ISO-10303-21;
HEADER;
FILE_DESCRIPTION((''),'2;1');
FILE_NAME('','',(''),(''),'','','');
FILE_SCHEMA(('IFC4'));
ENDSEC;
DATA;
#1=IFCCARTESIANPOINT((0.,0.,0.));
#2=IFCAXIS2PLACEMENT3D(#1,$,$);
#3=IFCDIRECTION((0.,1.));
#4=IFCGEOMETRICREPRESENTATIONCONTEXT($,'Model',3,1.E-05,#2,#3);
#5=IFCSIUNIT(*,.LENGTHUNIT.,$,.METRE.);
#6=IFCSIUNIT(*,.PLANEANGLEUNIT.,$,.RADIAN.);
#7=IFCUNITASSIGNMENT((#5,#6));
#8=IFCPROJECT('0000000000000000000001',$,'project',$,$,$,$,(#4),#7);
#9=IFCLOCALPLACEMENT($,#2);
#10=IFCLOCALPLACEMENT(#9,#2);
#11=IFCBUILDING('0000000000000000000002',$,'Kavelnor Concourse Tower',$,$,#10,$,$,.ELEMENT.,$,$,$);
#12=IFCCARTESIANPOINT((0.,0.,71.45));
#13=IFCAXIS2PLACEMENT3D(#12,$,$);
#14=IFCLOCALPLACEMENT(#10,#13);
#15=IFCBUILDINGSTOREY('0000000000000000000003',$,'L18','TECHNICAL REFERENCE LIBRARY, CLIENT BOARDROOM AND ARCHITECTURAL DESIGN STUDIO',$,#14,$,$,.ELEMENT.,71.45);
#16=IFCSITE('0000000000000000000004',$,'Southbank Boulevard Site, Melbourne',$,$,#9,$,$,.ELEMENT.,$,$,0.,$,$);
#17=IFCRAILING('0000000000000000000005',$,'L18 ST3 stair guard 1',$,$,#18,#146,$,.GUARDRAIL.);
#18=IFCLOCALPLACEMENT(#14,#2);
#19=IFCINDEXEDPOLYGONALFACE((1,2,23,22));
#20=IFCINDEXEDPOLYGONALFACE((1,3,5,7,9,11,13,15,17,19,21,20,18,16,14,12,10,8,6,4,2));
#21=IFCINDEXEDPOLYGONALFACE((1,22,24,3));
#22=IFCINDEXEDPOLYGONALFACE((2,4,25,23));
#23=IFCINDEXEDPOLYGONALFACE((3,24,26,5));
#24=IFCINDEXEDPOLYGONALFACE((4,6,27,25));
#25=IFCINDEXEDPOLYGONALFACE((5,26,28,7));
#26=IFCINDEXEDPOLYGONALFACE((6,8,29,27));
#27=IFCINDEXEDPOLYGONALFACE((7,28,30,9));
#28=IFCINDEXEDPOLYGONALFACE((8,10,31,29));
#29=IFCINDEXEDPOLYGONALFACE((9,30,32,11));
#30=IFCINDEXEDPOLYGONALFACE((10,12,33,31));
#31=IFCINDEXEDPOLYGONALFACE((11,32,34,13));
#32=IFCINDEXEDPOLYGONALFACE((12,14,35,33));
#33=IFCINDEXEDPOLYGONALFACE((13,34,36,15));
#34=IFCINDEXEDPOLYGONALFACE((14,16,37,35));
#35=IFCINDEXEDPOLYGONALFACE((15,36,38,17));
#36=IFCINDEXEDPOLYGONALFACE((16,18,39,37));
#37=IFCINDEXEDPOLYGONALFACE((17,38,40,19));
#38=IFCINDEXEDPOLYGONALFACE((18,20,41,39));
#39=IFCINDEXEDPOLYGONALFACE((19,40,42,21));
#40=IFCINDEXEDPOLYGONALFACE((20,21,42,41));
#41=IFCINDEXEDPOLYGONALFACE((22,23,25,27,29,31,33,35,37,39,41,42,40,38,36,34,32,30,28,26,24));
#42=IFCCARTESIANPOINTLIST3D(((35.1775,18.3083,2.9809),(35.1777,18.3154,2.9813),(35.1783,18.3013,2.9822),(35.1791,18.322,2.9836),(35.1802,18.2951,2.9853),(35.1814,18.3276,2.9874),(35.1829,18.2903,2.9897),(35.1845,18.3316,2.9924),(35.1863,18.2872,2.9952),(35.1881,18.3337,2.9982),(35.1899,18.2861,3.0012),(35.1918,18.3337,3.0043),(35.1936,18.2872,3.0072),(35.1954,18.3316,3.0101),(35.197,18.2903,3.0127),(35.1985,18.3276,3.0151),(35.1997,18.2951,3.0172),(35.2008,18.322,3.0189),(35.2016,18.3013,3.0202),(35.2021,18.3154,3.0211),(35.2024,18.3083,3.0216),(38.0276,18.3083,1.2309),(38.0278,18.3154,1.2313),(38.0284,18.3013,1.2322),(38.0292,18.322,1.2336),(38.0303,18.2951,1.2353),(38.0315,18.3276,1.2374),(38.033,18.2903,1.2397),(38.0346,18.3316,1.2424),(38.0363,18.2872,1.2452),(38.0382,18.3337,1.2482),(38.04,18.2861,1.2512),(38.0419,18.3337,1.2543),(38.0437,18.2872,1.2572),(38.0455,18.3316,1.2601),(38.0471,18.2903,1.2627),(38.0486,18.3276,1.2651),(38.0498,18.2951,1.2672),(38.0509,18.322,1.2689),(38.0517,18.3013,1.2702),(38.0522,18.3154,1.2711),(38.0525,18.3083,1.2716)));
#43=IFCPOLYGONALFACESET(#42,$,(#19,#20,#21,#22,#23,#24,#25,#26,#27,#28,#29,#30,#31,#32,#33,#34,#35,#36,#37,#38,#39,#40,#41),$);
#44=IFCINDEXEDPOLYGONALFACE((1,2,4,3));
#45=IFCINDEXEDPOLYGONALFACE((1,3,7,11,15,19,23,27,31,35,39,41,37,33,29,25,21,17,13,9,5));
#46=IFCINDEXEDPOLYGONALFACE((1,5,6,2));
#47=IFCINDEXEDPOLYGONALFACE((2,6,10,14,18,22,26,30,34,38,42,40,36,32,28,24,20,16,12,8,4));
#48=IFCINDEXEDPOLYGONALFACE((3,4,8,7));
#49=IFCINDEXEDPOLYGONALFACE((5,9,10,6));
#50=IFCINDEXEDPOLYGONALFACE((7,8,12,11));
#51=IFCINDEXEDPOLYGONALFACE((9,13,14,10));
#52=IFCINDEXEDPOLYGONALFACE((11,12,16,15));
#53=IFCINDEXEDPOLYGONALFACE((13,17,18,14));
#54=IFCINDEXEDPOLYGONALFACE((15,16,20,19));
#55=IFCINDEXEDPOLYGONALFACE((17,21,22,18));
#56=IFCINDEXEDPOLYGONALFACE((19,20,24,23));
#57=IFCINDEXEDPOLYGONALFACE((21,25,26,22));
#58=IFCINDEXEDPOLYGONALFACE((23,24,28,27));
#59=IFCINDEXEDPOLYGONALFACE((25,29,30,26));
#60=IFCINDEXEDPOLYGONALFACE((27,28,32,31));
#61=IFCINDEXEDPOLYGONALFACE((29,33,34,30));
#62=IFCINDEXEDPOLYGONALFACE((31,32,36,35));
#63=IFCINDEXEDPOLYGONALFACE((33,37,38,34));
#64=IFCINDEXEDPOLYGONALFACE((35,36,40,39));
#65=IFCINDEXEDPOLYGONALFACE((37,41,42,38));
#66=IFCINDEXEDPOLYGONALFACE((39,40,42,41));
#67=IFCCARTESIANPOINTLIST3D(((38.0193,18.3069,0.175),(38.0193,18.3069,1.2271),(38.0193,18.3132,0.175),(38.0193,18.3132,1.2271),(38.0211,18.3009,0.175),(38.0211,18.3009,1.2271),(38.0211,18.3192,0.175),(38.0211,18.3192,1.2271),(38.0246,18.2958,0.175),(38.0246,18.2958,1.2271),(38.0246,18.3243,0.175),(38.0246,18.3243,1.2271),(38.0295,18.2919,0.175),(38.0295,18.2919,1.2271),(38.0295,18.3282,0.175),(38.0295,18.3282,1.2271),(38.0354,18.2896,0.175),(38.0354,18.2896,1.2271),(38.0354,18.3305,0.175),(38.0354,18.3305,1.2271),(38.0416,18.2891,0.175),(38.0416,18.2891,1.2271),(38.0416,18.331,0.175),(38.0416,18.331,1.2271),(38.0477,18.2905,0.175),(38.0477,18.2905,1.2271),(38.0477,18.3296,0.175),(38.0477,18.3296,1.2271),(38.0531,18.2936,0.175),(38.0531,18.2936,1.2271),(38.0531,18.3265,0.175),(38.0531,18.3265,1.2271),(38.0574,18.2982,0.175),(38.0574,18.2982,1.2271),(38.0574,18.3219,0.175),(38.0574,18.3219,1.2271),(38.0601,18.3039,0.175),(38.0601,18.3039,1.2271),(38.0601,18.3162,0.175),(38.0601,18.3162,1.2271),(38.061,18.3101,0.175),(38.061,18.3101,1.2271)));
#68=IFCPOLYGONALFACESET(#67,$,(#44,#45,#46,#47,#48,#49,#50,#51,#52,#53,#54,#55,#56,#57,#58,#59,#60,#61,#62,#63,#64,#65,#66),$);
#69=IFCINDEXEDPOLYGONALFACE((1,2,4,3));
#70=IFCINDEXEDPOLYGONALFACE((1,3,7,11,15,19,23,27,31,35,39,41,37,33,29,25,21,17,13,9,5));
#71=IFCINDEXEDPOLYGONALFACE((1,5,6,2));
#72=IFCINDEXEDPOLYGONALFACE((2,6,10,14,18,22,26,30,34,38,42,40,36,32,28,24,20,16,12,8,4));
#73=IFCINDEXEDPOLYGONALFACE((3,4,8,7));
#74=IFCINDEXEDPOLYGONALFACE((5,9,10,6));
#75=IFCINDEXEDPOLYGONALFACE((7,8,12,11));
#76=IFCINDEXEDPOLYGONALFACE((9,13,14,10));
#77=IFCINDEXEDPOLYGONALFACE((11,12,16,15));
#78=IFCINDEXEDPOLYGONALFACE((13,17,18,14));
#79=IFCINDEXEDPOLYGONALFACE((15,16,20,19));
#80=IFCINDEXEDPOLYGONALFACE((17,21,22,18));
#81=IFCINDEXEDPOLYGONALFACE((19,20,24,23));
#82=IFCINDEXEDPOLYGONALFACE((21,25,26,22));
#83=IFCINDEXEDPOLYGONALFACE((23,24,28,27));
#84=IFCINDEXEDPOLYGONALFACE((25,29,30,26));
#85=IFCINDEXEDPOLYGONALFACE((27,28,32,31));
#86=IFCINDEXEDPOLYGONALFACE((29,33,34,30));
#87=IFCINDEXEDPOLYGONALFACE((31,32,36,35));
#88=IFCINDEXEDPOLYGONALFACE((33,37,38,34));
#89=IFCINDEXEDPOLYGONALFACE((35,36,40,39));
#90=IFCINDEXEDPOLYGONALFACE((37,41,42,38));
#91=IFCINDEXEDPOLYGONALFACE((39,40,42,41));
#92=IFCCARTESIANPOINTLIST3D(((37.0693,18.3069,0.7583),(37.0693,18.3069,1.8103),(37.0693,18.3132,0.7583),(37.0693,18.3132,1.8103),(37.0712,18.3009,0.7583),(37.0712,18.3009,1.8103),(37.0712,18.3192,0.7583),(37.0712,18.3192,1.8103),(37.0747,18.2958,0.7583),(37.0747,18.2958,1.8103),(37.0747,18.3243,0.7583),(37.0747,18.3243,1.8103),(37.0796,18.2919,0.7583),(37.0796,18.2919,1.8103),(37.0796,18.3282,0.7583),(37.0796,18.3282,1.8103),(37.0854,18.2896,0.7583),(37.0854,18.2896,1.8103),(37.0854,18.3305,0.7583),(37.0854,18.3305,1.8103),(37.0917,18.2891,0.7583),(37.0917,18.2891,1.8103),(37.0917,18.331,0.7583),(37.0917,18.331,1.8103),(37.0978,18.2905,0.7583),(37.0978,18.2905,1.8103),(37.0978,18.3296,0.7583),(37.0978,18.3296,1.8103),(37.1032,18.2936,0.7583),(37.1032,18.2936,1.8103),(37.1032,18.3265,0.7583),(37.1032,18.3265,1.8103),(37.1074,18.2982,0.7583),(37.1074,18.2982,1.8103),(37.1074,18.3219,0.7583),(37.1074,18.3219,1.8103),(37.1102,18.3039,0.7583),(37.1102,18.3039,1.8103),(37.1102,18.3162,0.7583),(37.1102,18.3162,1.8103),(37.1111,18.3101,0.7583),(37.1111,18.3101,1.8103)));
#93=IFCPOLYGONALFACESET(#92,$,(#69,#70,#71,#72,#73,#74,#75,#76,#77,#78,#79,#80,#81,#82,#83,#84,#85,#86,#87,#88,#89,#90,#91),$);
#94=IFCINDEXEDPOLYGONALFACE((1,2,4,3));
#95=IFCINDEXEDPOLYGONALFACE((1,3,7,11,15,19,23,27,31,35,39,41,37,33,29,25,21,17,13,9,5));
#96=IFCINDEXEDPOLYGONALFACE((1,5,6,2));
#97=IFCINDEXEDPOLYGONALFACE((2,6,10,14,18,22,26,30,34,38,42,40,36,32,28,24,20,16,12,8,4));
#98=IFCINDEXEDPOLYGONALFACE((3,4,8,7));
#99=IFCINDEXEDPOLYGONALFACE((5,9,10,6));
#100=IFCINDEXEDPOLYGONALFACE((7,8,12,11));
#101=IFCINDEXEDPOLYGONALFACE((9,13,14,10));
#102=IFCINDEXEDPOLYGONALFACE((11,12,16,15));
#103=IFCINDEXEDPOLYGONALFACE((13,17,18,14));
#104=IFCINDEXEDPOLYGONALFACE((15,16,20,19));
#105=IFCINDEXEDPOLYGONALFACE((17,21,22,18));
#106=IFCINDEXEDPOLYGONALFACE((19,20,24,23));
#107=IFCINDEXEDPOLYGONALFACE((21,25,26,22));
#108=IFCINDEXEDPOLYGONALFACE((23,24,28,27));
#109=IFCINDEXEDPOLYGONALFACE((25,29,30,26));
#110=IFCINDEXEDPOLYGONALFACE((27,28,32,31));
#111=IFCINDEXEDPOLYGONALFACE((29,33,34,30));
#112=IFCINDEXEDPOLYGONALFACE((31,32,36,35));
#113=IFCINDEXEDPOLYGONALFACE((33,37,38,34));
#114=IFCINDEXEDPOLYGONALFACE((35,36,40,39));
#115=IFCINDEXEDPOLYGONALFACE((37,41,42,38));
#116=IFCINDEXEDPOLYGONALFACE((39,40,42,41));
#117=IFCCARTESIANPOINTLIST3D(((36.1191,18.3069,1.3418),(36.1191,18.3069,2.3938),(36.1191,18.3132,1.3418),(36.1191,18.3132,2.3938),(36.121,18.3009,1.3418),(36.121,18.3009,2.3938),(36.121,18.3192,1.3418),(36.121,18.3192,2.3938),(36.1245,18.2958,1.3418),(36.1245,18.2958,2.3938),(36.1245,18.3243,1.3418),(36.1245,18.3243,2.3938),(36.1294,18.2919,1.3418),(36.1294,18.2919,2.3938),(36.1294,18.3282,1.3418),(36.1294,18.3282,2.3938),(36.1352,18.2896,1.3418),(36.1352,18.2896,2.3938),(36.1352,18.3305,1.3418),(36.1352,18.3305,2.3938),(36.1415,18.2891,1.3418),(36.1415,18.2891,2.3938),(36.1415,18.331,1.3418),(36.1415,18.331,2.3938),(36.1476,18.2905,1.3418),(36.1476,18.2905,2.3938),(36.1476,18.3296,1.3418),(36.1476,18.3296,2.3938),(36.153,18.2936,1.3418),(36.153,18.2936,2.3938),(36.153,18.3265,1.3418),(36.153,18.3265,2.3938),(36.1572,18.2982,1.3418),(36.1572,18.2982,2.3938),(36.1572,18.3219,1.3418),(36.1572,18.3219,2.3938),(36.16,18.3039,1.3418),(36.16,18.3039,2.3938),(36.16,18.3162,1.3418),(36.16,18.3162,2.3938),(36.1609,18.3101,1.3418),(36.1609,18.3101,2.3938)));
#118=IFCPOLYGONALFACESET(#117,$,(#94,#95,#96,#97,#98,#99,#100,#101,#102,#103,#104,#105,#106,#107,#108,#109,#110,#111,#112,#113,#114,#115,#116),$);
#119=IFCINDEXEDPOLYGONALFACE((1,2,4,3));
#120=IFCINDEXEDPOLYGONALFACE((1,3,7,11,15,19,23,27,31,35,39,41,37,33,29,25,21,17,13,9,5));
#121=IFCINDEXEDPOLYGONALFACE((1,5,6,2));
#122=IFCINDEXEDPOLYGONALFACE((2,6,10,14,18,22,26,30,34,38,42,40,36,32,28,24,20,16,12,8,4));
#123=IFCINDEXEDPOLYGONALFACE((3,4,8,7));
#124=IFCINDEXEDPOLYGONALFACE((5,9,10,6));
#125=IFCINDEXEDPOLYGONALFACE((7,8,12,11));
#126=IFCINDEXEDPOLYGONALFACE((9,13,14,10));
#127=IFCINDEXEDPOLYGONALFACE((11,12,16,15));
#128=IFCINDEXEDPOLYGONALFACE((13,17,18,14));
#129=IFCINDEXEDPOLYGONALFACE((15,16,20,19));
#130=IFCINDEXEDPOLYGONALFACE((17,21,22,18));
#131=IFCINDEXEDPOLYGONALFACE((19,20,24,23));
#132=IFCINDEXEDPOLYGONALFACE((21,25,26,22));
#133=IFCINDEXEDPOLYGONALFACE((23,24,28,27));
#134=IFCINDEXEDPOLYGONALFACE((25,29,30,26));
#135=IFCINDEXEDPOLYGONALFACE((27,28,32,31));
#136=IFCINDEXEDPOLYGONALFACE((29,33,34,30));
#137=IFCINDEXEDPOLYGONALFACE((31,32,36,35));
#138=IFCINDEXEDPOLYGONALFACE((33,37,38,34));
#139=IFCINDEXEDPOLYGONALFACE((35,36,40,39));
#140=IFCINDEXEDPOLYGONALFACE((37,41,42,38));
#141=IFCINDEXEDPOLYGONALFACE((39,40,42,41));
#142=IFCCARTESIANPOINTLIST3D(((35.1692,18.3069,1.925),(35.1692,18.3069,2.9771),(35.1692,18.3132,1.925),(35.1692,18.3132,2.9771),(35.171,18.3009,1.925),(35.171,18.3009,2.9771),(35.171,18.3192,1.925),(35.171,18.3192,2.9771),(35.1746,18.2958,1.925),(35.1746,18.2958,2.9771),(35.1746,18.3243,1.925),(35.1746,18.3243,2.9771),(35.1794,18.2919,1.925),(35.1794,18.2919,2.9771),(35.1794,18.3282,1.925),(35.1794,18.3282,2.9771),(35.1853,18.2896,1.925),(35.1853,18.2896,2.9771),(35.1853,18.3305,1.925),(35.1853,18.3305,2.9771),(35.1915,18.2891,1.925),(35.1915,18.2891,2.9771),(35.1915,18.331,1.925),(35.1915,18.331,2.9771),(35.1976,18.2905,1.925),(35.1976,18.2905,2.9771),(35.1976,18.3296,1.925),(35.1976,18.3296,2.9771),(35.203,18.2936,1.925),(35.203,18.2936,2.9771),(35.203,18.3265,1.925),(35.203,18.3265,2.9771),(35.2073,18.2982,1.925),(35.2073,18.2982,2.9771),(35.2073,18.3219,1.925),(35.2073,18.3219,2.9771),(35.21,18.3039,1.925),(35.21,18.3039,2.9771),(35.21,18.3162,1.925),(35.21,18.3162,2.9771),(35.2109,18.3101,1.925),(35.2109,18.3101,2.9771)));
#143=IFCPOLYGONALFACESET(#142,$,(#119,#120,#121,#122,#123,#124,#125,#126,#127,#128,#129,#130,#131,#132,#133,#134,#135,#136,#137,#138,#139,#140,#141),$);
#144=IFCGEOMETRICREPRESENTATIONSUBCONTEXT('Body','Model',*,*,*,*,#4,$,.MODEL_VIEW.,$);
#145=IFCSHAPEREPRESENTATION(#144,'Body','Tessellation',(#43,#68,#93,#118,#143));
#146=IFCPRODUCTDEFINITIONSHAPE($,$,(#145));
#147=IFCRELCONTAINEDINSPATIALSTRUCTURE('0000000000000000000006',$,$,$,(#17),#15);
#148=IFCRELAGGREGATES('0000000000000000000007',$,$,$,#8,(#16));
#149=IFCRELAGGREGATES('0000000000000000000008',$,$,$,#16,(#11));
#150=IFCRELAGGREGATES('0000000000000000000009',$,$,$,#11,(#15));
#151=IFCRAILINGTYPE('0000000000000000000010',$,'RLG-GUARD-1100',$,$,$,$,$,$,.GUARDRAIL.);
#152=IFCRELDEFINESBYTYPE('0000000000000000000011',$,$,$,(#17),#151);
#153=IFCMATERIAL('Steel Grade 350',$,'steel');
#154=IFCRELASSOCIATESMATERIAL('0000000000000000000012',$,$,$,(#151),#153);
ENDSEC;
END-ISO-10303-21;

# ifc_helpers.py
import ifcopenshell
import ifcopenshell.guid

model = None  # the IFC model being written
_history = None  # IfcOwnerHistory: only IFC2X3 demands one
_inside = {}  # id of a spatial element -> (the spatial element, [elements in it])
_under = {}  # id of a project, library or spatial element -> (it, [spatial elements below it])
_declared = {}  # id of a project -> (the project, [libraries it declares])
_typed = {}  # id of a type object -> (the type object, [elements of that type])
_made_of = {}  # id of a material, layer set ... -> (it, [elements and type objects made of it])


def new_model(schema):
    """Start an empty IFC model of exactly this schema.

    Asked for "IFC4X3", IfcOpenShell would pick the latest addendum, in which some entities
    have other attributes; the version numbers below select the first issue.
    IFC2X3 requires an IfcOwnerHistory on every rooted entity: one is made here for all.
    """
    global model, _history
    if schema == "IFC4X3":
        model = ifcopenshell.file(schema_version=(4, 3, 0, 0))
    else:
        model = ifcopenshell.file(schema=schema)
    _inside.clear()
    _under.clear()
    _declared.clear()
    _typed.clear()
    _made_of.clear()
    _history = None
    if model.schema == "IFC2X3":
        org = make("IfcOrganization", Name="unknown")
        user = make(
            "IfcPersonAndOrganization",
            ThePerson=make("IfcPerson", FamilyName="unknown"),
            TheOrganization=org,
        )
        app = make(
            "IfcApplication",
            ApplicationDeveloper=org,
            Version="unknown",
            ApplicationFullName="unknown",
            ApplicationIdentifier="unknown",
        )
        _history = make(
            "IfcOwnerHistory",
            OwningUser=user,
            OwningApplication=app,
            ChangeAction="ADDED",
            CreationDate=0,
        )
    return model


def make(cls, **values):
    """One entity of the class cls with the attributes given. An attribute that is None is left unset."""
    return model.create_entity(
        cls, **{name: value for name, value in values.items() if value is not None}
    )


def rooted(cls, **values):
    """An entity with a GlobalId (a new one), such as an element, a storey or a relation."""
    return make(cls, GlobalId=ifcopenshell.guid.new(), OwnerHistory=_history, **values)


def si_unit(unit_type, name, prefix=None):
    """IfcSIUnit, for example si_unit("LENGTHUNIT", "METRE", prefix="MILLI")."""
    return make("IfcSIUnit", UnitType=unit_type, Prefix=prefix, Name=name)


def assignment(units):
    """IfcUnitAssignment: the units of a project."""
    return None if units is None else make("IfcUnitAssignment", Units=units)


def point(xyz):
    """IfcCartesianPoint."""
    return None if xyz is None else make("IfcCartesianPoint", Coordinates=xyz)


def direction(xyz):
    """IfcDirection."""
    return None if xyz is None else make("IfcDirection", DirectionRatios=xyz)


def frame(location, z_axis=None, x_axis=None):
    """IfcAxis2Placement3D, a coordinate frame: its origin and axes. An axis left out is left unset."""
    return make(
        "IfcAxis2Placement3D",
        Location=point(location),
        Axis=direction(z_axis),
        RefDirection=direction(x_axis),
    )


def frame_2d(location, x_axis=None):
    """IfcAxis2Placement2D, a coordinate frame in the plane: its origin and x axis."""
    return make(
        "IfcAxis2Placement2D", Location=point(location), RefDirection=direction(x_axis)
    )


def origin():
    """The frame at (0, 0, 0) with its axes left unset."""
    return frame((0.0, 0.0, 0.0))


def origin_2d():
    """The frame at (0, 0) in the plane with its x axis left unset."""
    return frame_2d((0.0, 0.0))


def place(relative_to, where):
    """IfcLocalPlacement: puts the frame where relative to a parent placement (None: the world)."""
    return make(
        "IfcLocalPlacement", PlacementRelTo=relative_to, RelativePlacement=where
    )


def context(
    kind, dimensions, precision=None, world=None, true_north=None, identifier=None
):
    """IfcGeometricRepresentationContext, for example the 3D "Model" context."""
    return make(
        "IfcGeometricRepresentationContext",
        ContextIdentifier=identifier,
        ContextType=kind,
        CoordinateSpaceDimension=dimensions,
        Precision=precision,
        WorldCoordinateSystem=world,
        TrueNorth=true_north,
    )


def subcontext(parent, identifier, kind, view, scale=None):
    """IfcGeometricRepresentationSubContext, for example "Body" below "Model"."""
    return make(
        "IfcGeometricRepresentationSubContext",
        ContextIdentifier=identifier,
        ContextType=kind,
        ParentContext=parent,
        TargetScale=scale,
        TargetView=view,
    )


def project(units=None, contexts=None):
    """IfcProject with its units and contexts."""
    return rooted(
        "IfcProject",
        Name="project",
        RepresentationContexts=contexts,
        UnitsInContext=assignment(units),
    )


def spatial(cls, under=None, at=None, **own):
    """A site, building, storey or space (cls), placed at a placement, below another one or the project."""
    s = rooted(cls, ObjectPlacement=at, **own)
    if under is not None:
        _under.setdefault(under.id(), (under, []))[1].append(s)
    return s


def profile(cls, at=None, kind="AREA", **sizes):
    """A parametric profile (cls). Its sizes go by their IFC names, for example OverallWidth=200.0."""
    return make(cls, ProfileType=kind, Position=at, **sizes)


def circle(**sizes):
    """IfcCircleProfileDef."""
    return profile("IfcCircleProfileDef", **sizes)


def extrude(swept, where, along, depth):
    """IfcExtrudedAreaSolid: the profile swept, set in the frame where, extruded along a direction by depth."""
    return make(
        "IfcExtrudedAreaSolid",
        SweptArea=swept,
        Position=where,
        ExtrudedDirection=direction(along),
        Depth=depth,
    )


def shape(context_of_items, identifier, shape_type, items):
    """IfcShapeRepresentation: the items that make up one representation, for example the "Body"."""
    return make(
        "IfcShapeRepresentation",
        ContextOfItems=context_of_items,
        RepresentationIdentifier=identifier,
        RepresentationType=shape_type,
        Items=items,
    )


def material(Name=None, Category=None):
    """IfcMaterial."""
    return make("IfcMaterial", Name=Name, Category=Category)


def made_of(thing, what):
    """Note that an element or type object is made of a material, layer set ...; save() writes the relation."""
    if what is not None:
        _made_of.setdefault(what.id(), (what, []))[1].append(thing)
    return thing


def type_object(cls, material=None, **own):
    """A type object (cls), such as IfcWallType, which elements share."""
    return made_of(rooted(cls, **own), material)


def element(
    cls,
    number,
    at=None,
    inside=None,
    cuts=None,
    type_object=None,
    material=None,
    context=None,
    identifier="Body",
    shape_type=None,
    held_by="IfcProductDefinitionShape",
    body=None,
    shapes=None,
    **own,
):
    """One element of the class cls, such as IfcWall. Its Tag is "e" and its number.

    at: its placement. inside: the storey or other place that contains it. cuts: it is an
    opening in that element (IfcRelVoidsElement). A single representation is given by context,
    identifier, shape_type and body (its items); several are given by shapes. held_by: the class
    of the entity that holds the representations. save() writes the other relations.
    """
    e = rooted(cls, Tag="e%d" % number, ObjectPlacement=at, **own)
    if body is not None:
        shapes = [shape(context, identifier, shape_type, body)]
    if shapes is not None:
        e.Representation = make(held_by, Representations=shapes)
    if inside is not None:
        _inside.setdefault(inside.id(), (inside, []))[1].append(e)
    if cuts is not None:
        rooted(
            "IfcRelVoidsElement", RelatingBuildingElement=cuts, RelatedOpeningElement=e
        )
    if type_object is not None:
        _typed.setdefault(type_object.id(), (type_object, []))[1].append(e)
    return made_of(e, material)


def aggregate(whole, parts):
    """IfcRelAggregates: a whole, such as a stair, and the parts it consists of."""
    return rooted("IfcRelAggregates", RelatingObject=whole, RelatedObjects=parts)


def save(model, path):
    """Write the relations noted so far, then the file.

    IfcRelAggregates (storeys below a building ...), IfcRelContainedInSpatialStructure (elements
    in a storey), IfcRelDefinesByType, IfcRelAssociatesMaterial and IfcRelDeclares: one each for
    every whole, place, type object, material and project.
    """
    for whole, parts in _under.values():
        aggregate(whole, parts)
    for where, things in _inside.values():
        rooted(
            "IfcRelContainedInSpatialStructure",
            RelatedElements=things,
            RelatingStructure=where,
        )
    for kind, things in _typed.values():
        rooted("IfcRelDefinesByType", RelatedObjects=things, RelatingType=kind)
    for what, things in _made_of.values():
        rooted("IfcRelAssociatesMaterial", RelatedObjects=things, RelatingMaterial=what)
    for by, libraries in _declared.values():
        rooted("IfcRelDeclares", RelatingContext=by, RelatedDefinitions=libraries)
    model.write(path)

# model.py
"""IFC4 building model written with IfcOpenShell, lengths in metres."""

from ifc_helpers import new_model, si_unit, direction, frame, origin, origin_2d, place, context, subcontext, project, spatial, circle, extrude, material, type_object, element, save


model = new_model("IFC4")

# Units and contexts
model_context = context("Model", 3, precision=1e-05, world=origin(), true_north=direction((0.0, 1.0)))
body_context = subcontext(model_context, "Body", "Model", "MODEL_VIEW")
ifc_project = project(units=[si_unit("LENGTHUNIT", "METRE"), si_unit("PLANEANGLEUNIT", "RADIAN")], contexts=[model_context])

# Site, building, storey
site_placement = place(None, origin())
site = spatial("IfcSite", under=ifc_project, at=site_placement, Name="Southbank Boulevard Site, Melbourne", CompositionType="ELEMENT", RefElevation=0.0)
building_placement = place(site_placement, origin())
building = spatial("IfcBuilding", under=site, at=building_placement, Name="Kavelnor Concourse Tower", CompositionType="ELEMENT")
storey_placement = place(building_placement, frame((0.0, 0.0, 71.45)))
storey = spatial("IfcBuildingStorey", under=building, at=storey_placement, Name="L18", Description="TECHNICAL REFERENCE LIBRARY, CLIENT BOARDROOM AND ARCHITECTURAL DESIGN STUDIO", CompositionType="ELEMENT", Elevation=71.45)

# Shared definitions
ifc_material_1 = material(Name="Steel Grade 350", Category="steel")

# Railing
railing_type_1 = type_object("IfcRailingType", Name="RLG-GUARD-1100", PredefinedType="GUARDRAIL", material=ifc_material_1)
railing_1_placement = place(storey_placement, frame((38.04, 18.3101, 0.175)))
element("IfcRailing", 1, at=railing_1_placement, inside=storey, type_object=railing_type_1, Name="L18 ST3 stair guard 1", PredefinedType="GUARDRAIL", context=body_context, shape_type="SweptSolid", body=[
    extrude(circle(Radius=0.0239, at=origin_2d()), frame((0.0, 0.0, 1.0762), z_axis=(-0.852179, 0.0, 0.52325), x_axis=(0.0, -1.0, 0.0)), (0.0, 0.0, 1.0), 3.3445),
    extrude(circle(Radius=0.021, at=origin_2d()), origin(), (0.0, 0.0, 1.0), 1.052),
    extrude(circle(Radius=0.021, at=origin_2d()), frame((-0.95, 0.0, 0.5833)), (0.0, 0.0, 1.0), 1.052),
    extrude(circle(Radius=0.021, at=origin_2d()), frame((-1.9001, 0.0, 1.1667)), (0.0, 0.0, 1.0), 1.052),
    extrude(circle(Radius=0.021, at=origin_2d()), frame((-2.8501, 0.0, 1.75)), (0.0, 0.0, 1.0), 1.052),
])

save(model, "model.ifc")
